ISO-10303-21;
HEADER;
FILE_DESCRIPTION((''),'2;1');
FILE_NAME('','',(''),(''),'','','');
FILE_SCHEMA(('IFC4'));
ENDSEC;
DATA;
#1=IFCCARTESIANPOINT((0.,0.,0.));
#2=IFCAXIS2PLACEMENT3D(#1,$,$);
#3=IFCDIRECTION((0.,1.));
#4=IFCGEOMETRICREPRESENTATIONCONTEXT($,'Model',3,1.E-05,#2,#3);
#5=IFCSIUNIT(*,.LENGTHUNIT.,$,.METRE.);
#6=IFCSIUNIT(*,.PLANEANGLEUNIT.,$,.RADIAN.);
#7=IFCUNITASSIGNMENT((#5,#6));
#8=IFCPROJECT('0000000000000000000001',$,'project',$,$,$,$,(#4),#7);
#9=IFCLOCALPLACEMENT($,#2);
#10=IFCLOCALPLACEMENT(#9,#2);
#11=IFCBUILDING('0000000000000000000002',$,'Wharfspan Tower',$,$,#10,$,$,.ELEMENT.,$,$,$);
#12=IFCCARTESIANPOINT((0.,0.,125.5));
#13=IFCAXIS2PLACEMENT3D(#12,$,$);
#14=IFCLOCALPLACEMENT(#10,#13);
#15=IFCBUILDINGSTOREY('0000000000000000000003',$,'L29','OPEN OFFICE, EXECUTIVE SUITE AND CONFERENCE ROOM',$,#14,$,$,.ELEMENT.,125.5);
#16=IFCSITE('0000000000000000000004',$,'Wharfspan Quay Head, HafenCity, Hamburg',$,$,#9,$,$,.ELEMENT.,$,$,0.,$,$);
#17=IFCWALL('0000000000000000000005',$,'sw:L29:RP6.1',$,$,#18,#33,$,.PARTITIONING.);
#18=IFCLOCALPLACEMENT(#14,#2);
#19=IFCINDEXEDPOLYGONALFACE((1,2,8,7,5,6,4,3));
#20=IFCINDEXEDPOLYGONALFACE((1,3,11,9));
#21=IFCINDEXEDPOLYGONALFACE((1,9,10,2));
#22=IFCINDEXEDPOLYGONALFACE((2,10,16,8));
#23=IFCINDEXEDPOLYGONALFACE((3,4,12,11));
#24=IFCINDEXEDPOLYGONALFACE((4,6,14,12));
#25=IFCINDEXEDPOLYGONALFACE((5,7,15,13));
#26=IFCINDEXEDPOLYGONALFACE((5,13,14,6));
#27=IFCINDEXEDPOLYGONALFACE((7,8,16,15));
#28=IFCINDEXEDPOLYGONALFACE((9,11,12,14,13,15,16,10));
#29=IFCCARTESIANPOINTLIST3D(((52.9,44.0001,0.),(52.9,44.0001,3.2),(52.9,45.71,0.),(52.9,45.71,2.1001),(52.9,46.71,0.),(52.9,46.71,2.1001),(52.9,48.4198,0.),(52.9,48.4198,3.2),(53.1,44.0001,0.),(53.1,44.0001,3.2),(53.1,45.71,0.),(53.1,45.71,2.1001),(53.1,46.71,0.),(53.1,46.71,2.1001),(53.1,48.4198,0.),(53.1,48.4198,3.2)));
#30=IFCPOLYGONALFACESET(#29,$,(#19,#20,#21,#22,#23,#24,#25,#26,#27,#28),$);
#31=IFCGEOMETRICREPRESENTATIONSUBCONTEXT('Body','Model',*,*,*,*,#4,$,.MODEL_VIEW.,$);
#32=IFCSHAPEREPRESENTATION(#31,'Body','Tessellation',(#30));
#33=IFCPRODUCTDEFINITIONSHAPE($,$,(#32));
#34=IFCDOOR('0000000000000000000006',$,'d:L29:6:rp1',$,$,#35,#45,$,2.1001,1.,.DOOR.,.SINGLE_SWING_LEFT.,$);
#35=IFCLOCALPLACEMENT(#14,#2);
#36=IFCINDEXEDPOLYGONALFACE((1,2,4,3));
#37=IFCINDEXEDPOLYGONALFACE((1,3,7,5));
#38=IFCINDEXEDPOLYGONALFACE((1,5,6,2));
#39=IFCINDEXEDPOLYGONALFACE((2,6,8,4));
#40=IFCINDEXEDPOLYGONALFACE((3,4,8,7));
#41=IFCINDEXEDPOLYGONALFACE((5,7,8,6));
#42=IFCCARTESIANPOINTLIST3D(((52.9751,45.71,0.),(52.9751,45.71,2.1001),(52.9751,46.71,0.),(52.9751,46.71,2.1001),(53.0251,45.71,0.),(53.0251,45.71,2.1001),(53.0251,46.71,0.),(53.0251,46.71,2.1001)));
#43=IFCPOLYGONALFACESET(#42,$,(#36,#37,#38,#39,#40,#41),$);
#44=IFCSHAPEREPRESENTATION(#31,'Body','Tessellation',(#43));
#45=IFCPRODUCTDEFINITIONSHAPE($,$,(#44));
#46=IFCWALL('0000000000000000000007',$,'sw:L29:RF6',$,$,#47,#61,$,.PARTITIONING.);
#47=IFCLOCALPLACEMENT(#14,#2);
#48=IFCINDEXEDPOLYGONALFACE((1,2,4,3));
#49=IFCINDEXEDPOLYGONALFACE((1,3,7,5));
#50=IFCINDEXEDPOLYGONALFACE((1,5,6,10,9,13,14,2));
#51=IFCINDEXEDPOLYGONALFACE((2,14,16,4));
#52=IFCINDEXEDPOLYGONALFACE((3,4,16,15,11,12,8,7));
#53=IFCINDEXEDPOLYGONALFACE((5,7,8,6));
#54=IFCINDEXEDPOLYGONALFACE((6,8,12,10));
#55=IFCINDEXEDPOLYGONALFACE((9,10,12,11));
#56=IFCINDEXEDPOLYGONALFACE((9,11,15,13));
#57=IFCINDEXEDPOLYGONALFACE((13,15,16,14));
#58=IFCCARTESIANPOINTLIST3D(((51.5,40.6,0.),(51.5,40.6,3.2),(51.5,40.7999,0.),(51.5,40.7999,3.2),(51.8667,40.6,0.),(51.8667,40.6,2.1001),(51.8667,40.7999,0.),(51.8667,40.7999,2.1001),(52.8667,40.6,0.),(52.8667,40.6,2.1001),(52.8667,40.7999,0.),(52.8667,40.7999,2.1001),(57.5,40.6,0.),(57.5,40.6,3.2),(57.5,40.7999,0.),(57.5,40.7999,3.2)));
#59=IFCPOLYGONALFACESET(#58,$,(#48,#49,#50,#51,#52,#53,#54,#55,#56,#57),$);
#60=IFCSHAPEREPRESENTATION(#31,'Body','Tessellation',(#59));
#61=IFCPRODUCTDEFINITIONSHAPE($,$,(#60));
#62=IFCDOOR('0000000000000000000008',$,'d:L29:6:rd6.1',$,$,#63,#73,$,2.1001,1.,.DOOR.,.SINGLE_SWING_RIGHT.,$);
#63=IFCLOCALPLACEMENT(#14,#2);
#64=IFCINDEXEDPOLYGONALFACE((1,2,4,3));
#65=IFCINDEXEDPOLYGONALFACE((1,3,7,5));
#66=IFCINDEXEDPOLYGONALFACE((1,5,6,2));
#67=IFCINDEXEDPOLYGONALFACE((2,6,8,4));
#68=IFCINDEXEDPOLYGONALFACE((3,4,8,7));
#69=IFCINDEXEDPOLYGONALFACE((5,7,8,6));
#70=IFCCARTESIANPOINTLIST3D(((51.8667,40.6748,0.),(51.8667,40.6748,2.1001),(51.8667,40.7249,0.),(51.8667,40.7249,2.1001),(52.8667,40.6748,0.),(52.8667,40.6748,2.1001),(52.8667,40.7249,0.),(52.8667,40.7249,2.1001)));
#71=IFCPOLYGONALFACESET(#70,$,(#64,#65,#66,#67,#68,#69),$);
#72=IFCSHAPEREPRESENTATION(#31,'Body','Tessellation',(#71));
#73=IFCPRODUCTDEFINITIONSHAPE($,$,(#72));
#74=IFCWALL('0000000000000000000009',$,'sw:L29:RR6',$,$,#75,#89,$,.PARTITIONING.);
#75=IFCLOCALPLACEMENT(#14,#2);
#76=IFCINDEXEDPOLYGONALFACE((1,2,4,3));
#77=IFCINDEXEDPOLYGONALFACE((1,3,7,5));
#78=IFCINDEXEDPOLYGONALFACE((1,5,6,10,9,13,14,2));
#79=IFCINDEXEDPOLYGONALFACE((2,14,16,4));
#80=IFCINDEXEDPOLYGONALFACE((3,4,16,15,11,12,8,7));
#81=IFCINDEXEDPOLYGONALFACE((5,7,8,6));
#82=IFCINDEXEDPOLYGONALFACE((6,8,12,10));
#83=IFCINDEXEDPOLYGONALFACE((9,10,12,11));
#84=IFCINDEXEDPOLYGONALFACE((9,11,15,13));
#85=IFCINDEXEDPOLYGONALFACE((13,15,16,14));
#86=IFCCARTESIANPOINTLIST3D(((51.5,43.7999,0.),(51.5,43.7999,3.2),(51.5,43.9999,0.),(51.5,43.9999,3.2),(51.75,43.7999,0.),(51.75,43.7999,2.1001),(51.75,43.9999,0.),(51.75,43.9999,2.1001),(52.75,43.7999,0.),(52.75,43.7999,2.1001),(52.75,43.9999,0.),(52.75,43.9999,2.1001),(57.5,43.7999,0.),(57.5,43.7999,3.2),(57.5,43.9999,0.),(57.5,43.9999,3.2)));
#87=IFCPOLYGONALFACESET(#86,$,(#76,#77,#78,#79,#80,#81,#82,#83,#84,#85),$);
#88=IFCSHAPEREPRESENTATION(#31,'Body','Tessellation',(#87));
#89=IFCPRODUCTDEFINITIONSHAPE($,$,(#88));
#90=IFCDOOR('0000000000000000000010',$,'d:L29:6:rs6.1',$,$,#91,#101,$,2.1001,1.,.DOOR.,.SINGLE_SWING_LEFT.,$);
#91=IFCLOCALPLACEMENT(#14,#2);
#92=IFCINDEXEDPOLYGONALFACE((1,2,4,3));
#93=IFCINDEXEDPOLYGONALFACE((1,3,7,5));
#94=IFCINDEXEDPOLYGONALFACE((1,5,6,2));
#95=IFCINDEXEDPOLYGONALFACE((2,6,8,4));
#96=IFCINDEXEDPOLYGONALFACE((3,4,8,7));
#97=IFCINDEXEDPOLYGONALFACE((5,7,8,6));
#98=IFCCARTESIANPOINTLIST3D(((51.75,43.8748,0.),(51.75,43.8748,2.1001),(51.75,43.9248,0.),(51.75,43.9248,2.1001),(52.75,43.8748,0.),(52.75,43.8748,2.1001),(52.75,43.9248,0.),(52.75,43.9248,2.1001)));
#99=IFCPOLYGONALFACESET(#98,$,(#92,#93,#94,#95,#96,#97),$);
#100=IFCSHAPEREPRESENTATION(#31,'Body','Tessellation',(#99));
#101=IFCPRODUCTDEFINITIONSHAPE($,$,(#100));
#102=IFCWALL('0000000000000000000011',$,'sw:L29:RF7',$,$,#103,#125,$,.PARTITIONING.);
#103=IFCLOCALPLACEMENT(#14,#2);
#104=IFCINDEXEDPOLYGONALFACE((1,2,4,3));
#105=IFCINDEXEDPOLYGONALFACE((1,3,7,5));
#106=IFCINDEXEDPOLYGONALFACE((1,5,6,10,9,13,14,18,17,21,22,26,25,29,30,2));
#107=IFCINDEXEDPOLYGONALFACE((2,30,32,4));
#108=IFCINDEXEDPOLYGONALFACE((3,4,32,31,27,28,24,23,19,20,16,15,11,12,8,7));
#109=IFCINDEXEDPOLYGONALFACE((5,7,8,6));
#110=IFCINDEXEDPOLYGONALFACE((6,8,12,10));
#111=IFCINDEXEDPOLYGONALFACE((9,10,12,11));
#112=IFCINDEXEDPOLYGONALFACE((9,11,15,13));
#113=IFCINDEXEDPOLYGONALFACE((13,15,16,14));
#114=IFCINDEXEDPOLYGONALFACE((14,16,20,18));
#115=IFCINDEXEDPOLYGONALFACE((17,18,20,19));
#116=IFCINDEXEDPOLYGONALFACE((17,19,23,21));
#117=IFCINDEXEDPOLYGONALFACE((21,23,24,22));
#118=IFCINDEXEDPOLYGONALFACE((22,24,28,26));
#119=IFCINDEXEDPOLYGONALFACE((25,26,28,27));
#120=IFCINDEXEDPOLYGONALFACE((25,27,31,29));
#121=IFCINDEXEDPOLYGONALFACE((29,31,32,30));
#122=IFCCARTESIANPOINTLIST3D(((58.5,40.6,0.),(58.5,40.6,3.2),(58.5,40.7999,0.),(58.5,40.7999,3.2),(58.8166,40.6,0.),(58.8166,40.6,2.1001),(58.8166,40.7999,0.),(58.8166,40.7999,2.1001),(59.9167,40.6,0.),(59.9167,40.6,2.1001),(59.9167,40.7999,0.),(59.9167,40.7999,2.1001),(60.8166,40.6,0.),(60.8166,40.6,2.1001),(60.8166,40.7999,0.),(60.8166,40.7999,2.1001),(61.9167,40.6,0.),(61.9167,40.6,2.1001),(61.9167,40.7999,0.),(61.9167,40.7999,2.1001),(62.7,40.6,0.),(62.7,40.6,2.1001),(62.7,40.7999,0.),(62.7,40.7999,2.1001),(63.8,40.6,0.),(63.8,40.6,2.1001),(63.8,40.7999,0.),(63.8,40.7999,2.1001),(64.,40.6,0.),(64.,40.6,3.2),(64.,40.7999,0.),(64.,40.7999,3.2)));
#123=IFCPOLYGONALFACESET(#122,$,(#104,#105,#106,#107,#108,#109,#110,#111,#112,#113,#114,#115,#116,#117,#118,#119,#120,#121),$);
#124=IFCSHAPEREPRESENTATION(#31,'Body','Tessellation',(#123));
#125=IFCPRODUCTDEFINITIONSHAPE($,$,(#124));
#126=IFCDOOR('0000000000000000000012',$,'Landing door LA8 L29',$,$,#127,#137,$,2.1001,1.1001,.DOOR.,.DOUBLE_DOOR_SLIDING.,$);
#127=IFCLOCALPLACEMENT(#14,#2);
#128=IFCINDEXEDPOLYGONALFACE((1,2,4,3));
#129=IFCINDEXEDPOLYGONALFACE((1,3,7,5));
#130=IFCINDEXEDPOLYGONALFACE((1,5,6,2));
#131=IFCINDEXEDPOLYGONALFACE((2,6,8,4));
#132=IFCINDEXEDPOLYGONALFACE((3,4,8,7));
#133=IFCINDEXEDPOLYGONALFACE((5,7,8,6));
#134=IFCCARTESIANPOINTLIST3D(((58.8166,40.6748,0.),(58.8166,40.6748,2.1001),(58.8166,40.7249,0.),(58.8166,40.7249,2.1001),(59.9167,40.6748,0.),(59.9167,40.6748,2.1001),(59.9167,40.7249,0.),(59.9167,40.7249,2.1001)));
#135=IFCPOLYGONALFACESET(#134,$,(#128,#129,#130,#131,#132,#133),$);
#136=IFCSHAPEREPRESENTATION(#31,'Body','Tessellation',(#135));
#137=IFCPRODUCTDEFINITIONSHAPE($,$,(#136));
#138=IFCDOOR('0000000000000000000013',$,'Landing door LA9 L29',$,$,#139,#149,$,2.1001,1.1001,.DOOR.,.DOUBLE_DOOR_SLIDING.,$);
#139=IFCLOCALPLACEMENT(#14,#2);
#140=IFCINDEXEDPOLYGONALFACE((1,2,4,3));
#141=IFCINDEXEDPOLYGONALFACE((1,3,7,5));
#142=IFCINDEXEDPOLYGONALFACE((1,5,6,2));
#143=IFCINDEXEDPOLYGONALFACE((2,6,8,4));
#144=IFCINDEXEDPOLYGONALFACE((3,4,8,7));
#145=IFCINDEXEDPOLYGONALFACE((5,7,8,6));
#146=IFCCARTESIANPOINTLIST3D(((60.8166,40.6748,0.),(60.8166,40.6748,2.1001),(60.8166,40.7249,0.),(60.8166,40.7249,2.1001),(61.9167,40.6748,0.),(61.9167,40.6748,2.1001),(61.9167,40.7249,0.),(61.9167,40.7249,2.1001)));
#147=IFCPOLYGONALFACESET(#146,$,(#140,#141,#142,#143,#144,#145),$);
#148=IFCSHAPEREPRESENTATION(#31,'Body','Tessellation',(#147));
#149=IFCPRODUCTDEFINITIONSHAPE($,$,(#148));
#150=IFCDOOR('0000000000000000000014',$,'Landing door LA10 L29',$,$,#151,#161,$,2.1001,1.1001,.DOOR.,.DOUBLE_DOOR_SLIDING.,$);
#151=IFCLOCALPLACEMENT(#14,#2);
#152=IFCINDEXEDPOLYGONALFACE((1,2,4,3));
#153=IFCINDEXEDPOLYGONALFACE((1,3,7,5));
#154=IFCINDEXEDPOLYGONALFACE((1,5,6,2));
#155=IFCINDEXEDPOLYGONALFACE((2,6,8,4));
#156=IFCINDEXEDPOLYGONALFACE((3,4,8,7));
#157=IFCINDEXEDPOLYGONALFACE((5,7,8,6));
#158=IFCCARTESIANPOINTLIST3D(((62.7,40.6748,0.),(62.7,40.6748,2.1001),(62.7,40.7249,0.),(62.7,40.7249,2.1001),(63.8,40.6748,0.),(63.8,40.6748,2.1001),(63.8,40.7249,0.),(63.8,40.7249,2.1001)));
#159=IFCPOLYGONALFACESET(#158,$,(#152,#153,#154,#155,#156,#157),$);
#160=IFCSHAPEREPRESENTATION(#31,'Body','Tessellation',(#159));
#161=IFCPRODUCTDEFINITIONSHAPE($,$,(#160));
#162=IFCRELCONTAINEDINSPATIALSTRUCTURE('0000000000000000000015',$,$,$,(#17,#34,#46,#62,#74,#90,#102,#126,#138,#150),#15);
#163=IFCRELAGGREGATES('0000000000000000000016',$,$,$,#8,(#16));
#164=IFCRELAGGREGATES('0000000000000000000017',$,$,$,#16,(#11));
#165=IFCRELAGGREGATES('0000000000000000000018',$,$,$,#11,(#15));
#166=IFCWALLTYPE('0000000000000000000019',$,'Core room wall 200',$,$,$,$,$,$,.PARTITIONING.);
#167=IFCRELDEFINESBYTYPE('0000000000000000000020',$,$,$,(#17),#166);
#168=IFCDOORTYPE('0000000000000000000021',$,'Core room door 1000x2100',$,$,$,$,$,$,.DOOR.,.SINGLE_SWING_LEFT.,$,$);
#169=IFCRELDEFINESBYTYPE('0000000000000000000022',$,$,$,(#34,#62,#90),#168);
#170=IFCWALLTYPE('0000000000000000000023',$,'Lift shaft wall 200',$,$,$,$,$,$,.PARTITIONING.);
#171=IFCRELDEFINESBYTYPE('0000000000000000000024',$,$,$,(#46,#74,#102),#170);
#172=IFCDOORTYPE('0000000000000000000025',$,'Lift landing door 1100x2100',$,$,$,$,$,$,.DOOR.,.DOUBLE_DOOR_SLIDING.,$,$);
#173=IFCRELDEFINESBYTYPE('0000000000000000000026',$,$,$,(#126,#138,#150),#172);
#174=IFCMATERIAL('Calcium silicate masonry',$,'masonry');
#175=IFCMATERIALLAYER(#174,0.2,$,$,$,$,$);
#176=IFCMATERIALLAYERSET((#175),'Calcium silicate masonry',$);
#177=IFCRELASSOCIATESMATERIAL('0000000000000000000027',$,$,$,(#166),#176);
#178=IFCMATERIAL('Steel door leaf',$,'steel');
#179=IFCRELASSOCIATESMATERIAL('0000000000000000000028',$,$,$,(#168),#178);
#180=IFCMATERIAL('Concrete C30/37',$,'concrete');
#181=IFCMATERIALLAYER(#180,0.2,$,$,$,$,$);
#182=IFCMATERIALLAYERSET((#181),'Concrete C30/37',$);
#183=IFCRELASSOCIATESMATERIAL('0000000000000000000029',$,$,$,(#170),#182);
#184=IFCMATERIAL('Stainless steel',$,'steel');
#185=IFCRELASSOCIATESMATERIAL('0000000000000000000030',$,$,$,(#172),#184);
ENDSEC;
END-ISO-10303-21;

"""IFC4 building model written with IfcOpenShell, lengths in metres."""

from ifc_helpers import new_model, si_unit, direction, frame, frame_2d, origin, place, context, subcontext, project, spatial, rectangle, extrude, material, layer, layer_set, type_object, element, fill, save


model = new_model("IFC4")

# Units and contexts
model_context = context("Model", 3, precision=1e-05, world=origin(), true_north=direction((0.0, 1.0)))
body_context = subcontext(model_context, "Body", "Model", "MODEL_VIEW")
ifc_project = project(units=[si_unit("LENGTHUNIT", "METRE"), si_unit("PLANEANGLEUNIT", "RADIAN")], contexts=[model_context])

# Site, building, storey
site_placement = place(None, origin())
site = spatial("IfcSite", under=ifc_project, at=site_placement, Name="Wharfspan Quay Head, HafenCity, Hamburg", CompositionType="ELEMENT", RefElevation=0.0)
building_placement = place(site_placement, origin())
building = spatial("IfcBuilding", under=site, at=building_placement, Name="Wharfspan Tower", CompositionType="ELEMENT")
storey_placement = place(building_placement, frame((0.0, 0.0, 125.5)))
storey = spatial("IfcBuildingStorey", under=building, at=storey_placement, Name="L29", Description="OPEN OFFICE, EXECUTIVE SUITE AND CONFERENCE ROOM", CompositionType="ELEMENT", Elevation=125.5)

# Walls, openings, doors
ifc_material_1 = material(Name="Calcium silicate masonry", Category="masonry")
ifc_layer_1 = layer(ifc_material_1, 0.2)
ifc_layer_set_1 = layer_set([ifc_layer_1], Name="Calcium silicate masonry")
wall_type_1 = type_object("IfcWallType", Name="Core room wall 200", PredefinedType="PARTITIONING", material=ifc_layer_set_1)
wall_1_placement = place(storey_placement, frame((53.0, 44.0, 0.0), z_axis=(0.0, 0.0, 1.0), x_axis=(0.0, 1.0, 0.0)))
wall_1 = element("IfcWall", 1, at=wall_1_placement, inside=storey, type_object=wall_type_1, Name="sw:L29:RP6.1", PredefinedType="PARTITIONING", context=body_context, shape_type="SweptSolid", body=[
    extrude(rectangle(XDim=4.4197, YDim=0.2, at=frame_2d((2.21, 0.0))), origin(), (0.0, 0.0, 1.0), 3.2),
])
opening_1_placement = place(wall_1_placement, frame((1.71, 0.0, 0.0)))
opening_1 = element("IfcOpeningElement", 2, at=opening_1_placement, cuts=wall_1, PredefinedType="OPENING", context=body_context, shape_type="SweptSolid", body=[
    extrude(rectangle(XDim=1.0, YDim=2.1001, at=frame_2d((0.5, 1.05))), frame((0.0, 0.1099, 0.0), z_axis=(0.0, -1.0, 0.0), x_axis=(1.0, 0.0, 0.0)), (0.0, 0.0, 1.0), 0.22),
])
ifc_material_2 = material(Name="Steel door leaf", Category="steel")
door_type_1 = type_object("IfcDoorType", Name="Core room door 1000x2100", OperationType="SINGLE_SWING_LEFT", PredefinedType="DOOR", material=ifc_material_2)
door_1_placement = place(opening_1_placement, origin())
door_1 = element("IfcDoor", 3, at=door_1_placement, inside=storey, type_object=door_type_1, Name="d:L29:6:rp1", OperationType="SINGLE_SWING_LEFT", OverallHeight=2.1001, OverallWidth=1.0, PredefinedType="DOOR", context=body_context, shape_type="SweptSolid", body=[
    extrude(rectangle(XDim=1.0, YDim=2.1001, at=frame_2d((0.5, 1.05))), frame((0.0, 0.0249, 0.0), z_axis=(0.0, -1.0, 0.0), x_axis=(1.0, 0.0, 0.0)), (0.0, 0.0, 1.0), 0.05),
])
fill(opening_1, door_1)
ifc_material_3 = material(Name="Concrete C30/37", Category="concrete")
ifc_layer_2 = layer(ifc_material_3, 0.2)
ifc_layer_set_2 = layer_set([ifc_layer_2], Name="Concrete C30/37")
wall_type_2 = type_object("IfcWallType", Name="Lift shaft wall 200", PredefinedType="PARTITIONING", material=ifc_layer_set_2)
wall_2_placement = place(storey_placement, frame((51.5, 40.7, 0.0), z_axis=(0.0, 0.0, 1.0), x_axis=(1.0, 0.0, 0.0)))
wall_2 = element("IfcWall", 4, at=wall_2_placement, inside=storey, type_object=wall_type_2, Name="sw:L29:RF6", PredefinedType="PARTITIONING", context=body_context, shape_type="SweptSolid", body=[
    extrude(rectangle(XDim=6.0, YDim=0.2, at=frame_2d((3.0, 0.0))), origin(), (0.0, 0.0, 1.0), 3.2),
])
opening_2_placement = place(wall_2_placement, frame((0.3667, 0.0, 0.0)))
opening_2 = element("IfcOpeningElement", 5, at=opening_2_placement, cuts=wall_2, PredefinedType="OPENING", context=body_context, shape_type="SweptSolid", body=[
    extrude(rectangle(XDim=1.0, YDim=2.1001, at=frame_2d((0.5, 1.05))), frame((0.0, 0.1099, 0.0), z_axis=(0.0, -1.0, 0.0), x_axis=(1.0, 0.0, 0.0)), (0.0, 0.0, 1.0), 0.22),
])
door_2_placement = place(opening_2_placement, origin())
door_2 = element("IfcDoor", 6, at=door_2_placement, inside=storey, type_object=door_type_1, Name="d:L29:6:rd6.1", OperationType="SINGLE_SWING_RIGHT", OverallHeight=2.1001, OverallWidth=1.0, PredefinedType="DOOR", context=body_context, shape_type="SweptSolid", body=[
    extrude(rectangle(XDim=1.0, YDim=2.1001, at=frame_2d((0.5, 1.05))), frame((0.0, 0.0249, 0.0), z_axis=(0.0, -1.0, 0.0), x_axis=(1.0, 0.0, 0.0)), (0.0, 0.0, 1.0), 0.05),
])
fill(opening_2, door_2)
wall_3_placement = place(storey_placement, frame((51.5, 43.8999, 0.0), z_axis=(0.0, 0.0, 1.0), x_axis=(1.0, 0.0, 0.0)))
wall_3 = element("IfcWall", 7, at=wall_3_placement, inside=storey, type_object=wall_type_2, Name="sw:L29:RR6", PredefinedType="PARTITIONING", context=body_context, shape_type="SweptSolid", body=[
    extrude(rectangle(XDim=6.0, YDim=0.2, at=frame_2d((3.0, 0.0))), origin(), (0.0, 0.0, 1.0), 3.2),
])
opening_3_placement = place(wall_3_placement, frame((0.25, 0.0, 0.0)))
opening_3 = element("IfcOpeningElement", 8, at=opening_3_placement, cuts=wall_3, PredefinedType="OPENING", context=body_context, shape_type="SweptSolid", body=[
    extrude(rectangle(XDim=1.0, YDim=2.1001, at=frame_2d((0.5, 1.05))), frame((0.0, 0.1099, 0.0), z_axis=(0.0, -1.0, 0.0), x_axis=(1.0, 0.0, 0.0)), (0.0, 0.0, 1.0), 0.22),
])
door_3_placement = place(opening_3_placement, origin())
door_3 = element("IfcDoor", 9, at=door_3_placement, inside=storey, type_object=door_type_1, Name="d:L29:6:rs6.1", OperationType="SINGLE_SWING_LEFT", OverallHeight=2.1001, OverallWidth=1.0, PredefinedType="DOOR", context=body_context, shape_type="SweptSolid", body=[
    extrude(rectangle(XDim=1.0, YDim=2.1001, at=frame_2d((0.5, 1.05))), frame((0.0, 0.0249, 0.0), z_axis=(0.0, -1.0, 0.0), x_axis=(1.0, 0.0, 0.0)), (0.0, 0.0, 1.0), 0.05),
])
fill(opening_3, door_3)

# Wall, openings, doors
wall_4_placement = place(storey_placement, frame((58.5, 40.7, 0.0), z_axis=(0.0, 0.0, 1.0), x_axis=(1.0, 0.0, 0.0)))
wall_4 = element("IfcWall", 10, at=wall_4_placement, inside=storey, type_object=wall_type_2, Name="sw:L29:RF7", PredefinedType="PARTITIONING", context=body_context, shape_type="SweptSolid", body=[
    extrude(rectangle(XDim=5.5, YDim=0.2, at=frame_2d((2.75, 0.0))), origin(), (0.0, 0.0, 1.0), 3.2),
])
opening_4_placement = place(wall_4_placement, frame((0.3166, 0.0, 0.0)))
opening_4 = element("IfcOpeningElement", 11, at=opening_4_placement, cuts=wall_4, PredefinedType="OPENING", context=body_context, shape_type="SweptSolid", body=[
    extrude(rectangle(XDim=1.1001, YDim=2.1001, at=frame_2d((0.55, 1.05))), frame((0.0, 0.1099, 0.0), z_axis=(0.0, -1.0, 0.0), x_axis=(1.0, 0.0, 0.0)), (0.0, 0.0, 1.0), 0.22),
])
opening_5_placement = place(wall_4_placement, frame((2.3167, 0.0, 0.0)))
opening_5 = element("IfcOpeningElement", 12, at=opening_5_placement, cuts=wall_4, PredefinedType="OPENING", context=body_context, shape_type="SweptSolid", body=[
    extrude(rectangle(XDim=1.1001, YDim=2.1001, at=frame_2d((0.55, 1.05))), frame((0.0, 0.1099, 0.0), z_axis=(0.0, -1.0, 0.0), x_axis=(1.0, 0.0, 0.0)), (0.0, 0.0, 1.0), 0.22),
])
opening_6_placement = place(wall_4_placement, frame((4.2, 0.0, 0.0)))
opening_6 = element("IfcOpeningElement", 13, at=opening_6_placement, cuts=wall_4, PredefinedType="OPENING", context=body_context, shape_type="SweptSolid", body=[
    extrude(rectangle(XDim=1.1001, YDim=2.1001, at=frame_2d((0.55, 1.05))), frame((0.0, 0.1099, 0.0), z_axis=(0.0, -1.0, 0.0), x_axis=(1.0, 0.0, 0.0)), (0.0, 0.0, 1.0), 0.22),
])
ifc_material_4 = material(Name="Stainless steel", Category="steel")
door_type_2 = type_object("IfcDoorType", Name="Lift landing door 1100x2100", OperationType="DOUBLE_DOOR_SLIDING", PredefinedType="DOOR", material=ifc_material_4)
door_4_placement = place(opening_4_placement, origin())
door_4 = element("IfcDoor", 14, at=door_4_placement, inside=storey, type_object=door_type_2, Name="Landing door LA8 L29", OperationType="DOUBLE_DOOR_SLIDING", OverallHeight=2.1001, OverallWidth=1.1001, PredefinedType="DOOR", context=body_context, shape_type="SweptSolid", body=[
    extrude(rectangle(XDim=1.1001, YDim=2.1001, at=frame_2d((0.55, 1.05))), frame((0.0, 0.0249, 0.0), z_axis=(0.0, -1.0, 0.0), x_axis=(1.0, 0.0, 0.0)), (0.0, 0.0, 1.0), 0.05),
])
fill(opening_4, door_4)
door_5_placement = place(opening_5_placement, origin())
door_5 = element("IfcDoor", 15, at=door_5_placement, inside=storey, type_object=door_type_2, Name="Landing door LA9 L29", OperationType="DOUBLE_DOOR_SLIDING", OverallHeight=2.1001, OverallWidth=1.1001, PredefinedType="DOOR", context=body_context, shape_type="SweptSolid", body=[
    extrude(rectangle(XDim=1.1001, YDim=2.1001, at=frame_2d((0.55, 1.05))), frame((0.0, 0.0249, 0.0), z_axis=(0.0, -1.0, 0.0), x_axis=(1.0, 0.0, 0.0)), (0.0, 0.0, 1.0), 0.05),
])
fill(opening_5, door_5)
door_6_placement = place(opening_6_placement, origin())
door_6 = element("IfcDoor", 16, at=door_6_placement, inside=storey, type_object=door_type_2, Name="Landing door LA10 L29", OperationType="DOUBLE_DOOR_SLIDING", OverallHeight=2.1001, OverallWidth=1.1001, PredefinedType="DOOR", context=body_context, shape_type="SweptSolid", body=[
    extrude(rectangle(XDim=1.1001, YDim=2.1001, at=frame_2d((0.55, 1.05))), frame((0.0, 0.0249, 0.0), z_axis=(0.0, -1.0, 0.0), x_axis=(1.0, 0.0, 0.0)), (0.0, 0.0, 1.0), 0.05),
])
fill(opening_6, door_6)

save(model, "model.ifc")
